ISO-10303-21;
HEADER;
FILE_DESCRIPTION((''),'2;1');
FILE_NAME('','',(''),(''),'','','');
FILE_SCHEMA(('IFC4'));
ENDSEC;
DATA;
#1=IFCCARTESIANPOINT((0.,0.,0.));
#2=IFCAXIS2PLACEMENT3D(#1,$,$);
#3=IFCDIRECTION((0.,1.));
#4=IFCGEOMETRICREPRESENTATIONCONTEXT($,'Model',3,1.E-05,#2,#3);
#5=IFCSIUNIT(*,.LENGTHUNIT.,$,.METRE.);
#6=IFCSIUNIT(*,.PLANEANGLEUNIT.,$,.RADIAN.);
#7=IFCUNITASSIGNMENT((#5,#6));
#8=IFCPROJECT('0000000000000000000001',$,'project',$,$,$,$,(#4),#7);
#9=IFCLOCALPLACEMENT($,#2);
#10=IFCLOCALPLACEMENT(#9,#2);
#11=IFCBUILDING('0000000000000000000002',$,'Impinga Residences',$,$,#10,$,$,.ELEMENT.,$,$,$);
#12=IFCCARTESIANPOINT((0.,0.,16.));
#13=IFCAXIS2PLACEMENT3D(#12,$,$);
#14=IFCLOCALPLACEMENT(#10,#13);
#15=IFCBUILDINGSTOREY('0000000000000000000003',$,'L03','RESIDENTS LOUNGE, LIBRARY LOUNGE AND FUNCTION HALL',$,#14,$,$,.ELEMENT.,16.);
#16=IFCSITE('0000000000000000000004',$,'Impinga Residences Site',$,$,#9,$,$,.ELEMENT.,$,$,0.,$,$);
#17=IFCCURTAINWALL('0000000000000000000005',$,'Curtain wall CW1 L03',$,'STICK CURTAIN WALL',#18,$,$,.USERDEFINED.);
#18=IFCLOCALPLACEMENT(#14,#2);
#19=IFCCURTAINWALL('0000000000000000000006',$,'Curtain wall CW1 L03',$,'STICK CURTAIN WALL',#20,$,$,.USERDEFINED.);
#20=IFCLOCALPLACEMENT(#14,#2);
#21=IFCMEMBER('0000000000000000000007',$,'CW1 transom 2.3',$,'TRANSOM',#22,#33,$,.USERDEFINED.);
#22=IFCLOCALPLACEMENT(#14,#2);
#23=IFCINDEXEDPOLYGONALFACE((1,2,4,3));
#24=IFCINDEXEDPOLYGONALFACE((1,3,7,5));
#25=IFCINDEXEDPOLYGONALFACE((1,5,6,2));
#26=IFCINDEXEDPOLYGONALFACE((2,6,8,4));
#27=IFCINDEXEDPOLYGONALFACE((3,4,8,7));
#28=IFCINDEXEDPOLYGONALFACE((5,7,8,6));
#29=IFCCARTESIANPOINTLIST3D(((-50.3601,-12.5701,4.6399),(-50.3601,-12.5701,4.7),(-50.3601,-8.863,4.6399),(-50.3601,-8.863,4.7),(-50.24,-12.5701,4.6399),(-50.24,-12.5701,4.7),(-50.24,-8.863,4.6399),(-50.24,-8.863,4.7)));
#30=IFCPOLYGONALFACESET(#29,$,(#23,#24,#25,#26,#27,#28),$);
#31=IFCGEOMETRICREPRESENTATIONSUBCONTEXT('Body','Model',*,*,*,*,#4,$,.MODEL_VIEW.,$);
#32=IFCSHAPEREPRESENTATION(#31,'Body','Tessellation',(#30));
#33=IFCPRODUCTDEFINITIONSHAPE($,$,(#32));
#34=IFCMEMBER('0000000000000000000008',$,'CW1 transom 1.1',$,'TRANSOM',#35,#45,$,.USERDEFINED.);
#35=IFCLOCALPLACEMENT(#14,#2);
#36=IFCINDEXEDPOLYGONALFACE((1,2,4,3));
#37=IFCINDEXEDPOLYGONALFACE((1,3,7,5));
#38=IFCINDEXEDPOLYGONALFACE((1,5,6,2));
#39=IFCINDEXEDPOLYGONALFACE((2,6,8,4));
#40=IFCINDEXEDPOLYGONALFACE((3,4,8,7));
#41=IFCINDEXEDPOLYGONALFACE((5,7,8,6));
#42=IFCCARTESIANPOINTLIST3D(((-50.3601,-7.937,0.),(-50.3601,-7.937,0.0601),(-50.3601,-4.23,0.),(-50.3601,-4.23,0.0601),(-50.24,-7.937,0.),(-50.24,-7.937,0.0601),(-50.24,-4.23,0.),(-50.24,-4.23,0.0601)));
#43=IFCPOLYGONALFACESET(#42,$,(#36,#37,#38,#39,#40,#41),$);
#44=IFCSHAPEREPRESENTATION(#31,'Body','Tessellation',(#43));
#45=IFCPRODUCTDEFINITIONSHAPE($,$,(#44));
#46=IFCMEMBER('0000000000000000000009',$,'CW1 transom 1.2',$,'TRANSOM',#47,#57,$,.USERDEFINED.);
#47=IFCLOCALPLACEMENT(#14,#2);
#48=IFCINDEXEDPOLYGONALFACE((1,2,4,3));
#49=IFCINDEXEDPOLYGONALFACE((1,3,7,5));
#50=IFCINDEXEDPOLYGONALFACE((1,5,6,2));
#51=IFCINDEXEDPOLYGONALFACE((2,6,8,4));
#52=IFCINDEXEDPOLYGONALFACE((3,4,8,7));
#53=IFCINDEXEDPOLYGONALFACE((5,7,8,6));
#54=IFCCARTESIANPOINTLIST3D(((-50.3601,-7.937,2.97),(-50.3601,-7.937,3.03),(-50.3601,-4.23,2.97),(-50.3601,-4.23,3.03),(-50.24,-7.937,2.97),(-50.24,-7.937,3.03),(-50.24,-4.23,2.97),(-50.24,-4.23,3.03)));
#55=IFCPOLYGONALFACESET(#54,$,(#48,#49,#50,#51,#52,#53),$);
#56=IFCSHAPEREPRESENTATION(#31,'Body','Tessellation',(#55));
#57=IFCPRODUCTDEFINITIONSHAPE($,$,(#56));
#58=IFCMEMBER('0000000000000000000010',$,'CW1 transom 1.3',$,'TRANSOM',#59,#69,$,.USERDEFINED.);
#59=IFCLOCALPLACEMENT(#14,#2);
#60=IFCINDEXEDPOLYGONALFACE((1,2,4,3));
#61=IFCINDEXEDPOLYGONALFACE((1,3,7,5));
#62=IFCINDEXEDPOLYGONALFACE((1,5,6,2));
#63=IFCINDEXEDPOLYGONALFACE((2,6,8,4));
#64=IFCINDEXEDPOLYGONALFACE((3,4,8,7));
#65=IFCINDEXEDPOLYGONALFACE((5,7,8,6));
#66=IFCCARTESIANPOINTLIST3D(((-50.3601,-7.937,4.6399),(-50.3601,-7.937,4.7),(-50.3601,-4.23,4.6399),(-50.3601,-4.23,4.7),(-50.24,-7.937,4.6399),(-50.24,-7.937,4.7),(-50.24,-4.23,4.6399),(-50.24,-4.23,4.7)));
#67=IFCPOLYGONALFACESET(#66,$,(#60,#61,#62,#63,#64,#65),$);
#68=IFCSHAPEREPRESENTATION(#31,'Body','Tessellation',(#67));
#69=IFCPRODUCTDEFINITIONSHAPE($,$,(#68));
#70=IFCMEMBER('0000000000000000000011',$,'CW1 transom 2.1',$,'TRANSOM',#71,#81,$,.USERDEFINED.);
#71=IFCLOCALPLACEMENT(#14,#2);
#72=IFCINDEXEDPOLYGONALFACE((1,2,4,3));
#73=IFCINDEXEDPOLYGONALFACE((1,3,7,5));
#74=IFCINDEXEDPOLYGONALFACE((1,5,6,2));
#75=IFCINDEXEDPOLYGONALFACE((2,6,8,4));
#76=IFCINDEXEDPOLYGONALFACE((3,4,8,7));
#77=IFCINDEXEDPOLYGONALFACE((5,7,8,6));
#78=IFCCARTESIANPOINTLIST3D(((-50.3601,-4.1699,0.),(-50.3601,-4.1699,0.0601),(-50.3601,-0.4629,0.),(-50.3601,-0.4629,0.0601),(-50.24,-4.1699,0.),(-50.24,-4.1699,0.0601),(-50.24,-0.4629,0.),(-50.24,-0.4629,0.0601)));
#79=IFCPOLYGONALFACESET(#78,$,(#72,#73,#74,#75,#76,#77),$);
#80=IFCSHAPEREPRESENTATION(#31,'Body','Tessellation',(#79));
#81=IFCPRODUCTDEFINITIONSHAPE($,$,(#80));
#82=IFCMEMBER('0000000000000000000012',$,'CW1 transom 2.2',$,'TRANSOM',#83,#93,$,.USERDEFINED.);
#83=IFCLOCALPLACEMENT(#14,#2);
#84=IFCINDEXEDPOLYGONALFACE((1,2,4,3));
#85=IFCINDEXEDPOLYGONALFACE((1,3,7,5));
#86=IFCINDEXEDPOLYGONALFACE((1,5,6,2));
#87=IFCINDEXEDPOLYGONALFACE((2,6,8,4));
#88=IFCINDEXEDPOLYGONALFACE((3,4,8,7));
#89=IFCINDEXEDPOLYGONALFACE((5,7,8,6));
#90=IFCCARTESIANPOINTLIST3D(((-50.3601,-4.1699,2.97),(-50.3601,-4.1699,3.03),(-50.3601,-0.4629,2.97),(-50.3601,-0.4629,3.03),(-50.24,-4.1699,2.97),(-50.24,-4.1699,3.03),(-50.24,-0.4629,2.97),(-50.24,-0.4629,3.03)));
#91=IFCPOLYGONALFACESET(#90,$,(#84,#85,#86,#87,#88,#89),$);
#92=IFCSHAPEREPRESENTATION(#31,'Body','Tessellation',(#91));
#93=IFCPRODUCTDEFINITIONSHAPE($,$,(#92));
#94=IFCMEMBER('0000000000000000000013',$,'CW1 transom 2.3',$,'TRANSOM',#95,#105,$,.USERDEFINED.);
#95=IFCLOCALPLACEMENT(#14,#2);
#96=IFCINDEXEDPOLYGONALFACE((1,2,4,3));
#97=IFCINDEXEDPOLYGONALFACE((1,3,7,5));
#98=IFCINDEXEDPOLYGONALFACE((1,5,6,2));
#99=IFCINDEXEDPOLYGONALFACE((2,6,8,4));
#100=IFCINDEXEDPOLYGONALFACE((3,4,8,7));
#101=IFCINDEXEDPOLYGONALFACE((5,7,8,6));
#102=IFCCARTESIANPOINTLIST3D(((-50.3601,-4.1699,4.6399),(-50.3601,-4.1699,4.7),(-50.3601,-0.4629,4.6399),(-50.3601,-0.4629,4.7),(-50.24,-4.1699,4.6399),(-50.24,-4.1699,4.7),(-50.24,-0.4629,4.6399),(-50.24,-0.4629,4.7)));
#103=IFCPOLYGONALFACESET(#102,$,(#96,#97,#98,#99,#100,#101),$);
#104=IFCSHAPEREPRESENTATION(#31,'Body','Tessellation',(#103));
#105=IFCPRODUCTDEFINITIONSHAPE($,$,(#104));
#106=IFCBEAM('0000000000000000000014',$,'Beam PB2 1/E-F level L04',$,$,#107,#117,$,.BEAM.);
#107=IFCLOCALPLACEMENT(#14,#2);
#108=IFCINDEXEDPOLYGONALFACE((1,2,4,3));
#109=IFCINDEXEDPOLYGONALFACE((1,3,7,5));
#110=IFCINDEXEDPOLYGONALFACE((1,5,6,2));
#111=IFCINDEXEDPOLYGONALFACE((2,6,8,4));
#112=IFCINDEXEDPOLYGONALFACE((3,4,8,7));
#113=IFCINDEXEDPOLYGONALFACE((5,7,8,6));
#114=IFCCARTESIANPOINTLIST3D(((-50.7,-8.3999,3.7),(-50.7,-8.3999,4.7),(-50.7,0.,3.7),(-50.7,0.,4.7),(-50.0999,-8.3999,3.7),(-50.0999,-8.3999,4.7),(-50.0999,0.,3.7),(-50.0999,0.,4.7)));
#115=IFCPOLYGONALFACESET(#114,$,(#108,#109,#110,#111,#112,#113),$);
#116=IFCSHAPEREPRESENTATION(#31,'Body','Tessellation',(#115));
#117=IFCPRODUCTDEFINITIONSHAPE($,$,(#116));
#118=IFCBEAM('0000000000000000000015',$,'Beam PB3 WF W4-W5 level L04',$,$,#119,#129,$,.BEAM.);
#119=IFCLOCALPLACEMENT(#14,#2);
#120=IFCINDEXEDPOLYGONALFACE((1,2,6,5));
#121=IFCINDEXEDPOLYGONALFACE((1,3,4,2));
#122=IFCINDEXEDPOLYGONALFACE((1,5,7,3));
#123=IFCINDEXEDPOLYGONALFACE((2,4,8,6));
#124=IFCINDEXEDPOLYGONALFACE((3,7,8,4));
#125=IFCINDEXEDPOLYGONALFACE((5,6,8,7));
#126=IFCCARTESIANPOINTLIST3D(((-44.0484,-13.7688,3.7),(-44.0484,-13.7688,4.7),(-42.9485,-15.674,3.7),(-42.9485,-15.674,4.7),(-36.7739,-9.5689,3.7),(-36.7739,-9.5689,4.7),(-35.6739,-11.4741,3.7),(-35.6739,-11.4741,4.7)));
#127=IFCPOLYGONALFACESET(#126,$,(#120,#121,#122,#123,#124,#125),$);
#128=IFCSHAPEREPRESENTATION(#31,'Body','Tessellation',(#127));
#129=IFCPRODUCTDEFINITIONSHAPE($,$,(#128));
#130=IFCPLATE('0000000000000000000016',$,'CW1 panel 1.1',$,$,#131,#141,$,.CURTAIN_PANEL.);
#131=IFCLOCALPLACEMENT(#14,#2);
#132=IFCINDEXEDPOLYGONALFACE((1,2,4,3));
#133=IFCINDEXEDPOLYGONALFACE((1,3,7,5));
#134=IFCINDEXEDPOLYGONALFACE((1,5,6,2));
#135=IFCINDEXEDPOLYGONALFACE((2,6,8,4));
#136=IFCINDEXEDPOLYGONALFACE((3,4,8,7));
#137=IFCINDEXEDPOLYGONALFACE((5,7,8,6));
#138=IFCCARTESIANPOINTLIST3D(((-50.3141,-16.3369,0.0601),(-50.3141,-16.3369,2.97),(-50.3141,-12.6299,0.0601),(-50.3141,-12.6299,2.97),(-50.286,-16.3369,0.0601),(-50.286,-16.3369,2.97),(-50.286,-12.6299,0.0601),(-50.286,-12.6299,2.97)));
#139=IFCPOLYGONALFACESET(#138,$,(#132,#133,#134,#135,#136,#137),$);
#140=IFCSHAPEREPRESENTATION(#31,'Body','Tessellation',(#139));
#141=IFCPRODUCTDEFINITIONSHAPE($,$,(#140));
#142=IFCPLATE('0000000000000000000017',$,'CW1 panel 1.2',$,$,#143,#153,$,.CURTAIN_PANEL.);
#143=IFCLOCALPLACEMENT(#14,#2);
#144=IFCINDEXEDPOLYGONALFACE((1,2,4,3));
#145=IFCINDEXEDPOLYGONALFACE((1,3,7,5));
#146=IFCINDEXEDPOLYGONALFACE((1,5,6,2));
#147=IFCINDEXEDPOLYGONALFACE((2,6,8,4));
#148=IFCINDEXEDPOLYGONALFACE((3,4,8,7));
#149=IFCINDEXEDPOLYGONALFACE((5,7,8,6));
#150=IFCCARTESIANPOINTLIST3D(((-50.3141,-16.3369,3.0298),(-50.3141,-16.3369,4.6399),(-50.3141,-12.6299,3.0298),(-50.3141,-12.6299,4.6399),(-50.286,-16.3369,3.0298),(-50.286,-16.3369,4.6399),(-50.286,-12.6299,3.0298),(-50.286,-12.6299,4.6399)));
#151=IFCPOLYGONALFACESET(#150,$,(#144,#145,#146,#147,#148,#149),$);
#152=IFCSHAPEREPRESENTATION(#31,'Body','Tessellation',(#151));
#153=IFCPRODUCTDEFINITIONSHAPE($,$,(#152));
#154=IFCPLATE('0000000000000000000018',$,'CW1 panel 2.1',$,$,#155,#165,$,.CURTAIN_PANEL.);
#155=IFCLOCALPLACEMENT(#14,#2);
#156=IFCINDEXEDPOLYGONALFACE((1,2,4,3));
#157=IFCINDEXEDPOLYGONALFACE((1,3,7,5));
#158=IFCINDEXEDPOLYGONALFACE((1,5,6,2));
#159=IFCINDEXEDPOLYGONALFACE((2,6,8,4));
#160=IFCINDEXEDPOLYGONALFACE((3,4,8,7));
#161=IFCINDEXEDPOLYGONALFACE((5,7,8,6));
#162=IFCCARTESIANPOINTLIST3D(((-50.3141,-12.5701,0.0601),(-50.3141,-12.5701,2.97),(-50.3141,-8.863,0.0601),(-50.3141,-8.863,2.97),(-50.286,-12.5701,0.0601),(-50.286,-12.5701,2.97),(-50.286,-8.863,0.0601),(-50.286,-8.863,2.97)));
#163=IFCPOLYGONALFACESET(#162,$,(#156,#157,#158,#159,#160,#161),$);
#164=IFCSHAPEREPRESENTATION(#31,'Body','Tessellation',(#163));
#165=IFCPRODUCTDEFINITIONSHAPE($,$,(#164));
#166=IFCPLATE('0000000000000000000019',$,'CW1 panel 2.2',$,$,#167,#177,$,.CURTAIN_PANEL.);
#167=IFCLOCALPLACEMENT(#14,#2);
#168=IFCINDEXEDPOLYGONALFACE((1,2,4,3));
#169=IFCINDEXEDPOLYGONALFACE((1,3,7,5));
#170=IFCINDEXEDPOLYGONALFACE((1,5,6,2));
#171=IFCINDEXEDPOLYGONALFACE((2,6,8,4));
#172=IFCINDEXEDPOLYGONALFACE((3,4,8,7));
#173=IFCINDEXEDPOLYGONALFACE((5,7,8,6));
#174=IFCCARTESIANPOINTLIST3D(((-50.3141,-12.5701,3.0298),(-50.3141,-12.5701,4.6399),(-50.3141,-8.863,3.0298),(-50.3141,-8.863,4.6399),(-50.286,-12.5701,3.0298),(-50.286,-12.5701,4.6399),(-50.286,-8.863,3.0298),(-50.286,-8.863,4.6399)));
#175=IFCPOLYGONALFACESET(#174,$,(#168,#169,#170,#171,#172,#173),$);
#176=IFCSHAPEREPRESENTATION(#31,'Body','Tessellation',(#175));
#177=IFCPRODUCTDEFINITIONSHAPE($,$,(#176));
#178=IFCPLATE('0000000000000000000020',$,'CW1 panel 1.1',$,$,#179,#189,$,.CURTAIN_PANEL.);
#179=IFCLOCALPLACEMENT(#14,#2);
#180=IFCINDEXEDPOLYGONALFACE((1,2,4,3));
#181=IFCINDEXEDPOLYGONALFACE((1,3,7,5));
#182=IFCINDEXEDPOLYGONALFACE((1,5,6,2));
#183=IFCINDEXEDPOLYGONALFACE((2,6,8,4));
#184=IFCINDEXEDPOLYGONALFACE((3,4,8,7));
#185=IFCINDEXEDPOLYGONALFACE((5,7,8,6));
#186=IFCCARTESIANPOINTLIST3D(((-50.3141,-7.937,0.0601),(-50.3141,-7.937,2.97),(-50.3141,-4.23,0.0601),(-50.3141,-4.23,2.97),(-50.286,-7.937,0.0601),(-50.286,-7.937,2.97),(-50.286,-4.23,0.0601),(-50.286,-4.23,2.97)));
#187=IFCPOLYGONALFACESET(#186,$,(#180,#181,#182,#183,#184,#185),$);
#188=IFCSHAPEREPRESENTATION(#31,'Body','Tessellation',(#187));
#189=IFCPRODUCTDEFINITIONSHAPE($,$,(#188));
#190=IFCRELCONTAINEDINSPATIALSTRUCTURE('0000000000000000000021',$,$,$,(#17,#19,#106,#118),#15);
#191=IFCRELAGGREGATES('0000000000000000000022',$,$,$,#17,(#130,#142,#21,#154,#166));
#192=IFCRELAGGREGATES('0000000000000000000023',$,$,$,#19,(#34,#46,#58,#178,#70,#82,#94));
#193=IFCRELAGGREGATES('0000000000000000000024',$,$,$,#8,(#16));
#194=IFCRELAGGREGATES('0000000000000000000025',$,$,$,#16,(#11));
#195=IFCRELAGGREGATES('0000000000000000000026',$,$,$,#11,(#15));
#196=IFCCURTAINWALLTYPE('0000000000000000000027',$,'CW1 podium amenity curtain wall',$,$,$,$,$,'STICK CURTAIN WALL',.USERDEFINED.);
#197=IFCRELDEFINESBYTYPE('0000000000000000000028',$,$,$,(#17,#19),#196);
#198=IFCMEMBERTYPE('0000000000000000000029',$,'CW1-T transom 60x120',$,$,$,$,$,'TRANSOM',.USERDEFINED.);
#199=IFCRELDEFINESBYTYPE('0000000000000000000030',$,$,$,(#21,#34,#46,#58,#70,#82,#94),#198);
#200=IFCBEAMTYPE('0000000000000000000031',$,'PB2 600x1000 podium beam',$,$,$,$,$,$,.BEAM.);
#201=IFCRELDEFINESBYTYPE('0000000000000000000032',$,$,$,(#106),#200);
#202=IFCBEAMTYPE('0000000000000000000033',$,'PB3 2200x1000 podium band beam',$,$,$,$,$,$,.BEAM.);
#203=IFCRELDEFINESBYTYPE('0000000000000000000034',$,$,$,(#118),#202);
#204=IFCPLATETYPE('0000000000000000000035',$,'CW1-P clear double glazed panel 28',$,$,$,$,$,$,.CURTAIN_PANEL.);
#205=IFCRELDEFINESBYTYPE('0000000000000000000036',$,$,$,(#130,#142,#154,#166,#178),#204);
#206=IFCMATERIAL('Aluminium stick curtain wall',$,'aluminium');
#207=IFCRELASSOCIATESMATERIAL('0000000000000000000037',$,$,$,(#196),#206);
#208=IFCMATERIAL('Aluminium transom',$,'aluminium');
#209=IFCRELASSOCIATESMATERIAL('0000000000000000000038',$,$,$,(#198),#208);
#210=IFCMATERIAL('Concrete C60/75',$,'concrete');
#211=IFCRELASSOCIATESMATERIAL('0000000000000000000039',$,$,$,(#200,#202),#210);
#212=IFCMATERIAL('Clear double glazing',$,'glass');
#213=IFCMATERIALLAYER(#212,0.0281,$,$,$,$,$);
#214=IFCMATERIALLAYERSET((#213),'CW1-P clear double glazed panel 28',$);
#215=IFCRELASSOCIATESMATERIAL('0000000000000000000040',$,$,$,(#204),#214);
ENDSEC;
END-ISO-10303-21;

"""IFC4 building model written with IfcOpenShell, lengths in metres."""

from ifc_helpers import new_model, si_unit, direction, frame, origin, origin_2d, place, context, subcontext, project, spatial, rectangle, extrude, material, layer, layer_set, material_profile, profile_set, type_object, element, aggregate, save


model = new_model("IFC4")

# Units and contexts
model_context = context("Model", 3, precision=1e-05, world=origin(), true_north=direction((0.0, 1.0)))
body_context = subcontext(model_context, "Body", "Model", "MODEL_VIEW")
ifc_project = project(units=[si_unit("LENGTHUNIT", "METRE"), si_unit("PLANEANGLEUNIT", "RADIAN")], contexts=[model_context])

# Site, building, storey
site_placement = place(None, origin())
site = spatial("IfcSite", under=ifc_project, at=site_placement, Name="Impinga Residences Site", CompositionType="ELEMENT", RefElevation=0.0)
building_placement = place(site_placement, origin())
building = spatial("IfcBuilding", under=site, at=building_placement, Name="Impinga Residences", CompositionType="ELEMENT")
storey_placement = place(building_placement, frame((0.0, 0.0, 16.0)))
storey = spatial("IfcBuildingStorey", under=building, at=storey_placement, Name="L03", Description="RESIDENTS LOUNGE, LIBRARY LOUNGE AND FUNCTION HALL", CompositionType="ELEMENT", Elevation=16.0)

# Shared definitions
ifc_material_1 = material(Name="Concrete C60/75", Category="concrete")

# Curtain walls
ifc_material_2 = material(Name="Aluminium stick curtain wall", Category="aluminium")
curtain_wall_type = type_object("IfcCurtainWallType", Name="CW1 podium amenity curtain wall", ElementType="STICK CURTAIN WALL", PredefinedType="USERDEFINED", material=ifc_material_2)
curtain_wall_1_placement = place(storey_placement, origin())
curtain_wall_1 = element("IfcCurtainWall", 1, at=curtain_wall_1_placement, inside=storey, type_object=curtain_wall_type, Name="Curtain wall CW1 L03", ObjectType="STICK CURTAIN WALL", PredefinedType="USERDEFINED")
curtain_wall_2_placement = place(storey_placement, origin())
curtain_wall_2 = element("IfcCurtainWall", 2, at=curtain_wall_2_placement, inside=storey, type_object=curtain_wall_type, Name="Curtain wall CW1 L03", ObjectType="STICK CURTAIN WALL", PredefinedType="USERDEFINED")

# Members
ifc_material_3 = material(Name="Aluminium transom", Category="aluminium")
ifc_material_profile_1 = material_profile(ifc_material_3, rectangle(XDim=0.0601, YDim=0.1201, at=origin_2d()), Name="60x120 transom")
ifc_profile_set_1 = profile_set([ifc_material_profile_1], Name="Aluminium transom")
member_type_1 = type_object("IfcMemberType", Name="CW1-T transom 60x120", ElementType="TRANSOM", PredefinedType="USERDEFINED", material=ifc_profile_set_1)
member_1_placement = place(storey_placement, frame((-50.3, -12.5701, 4.6699), z_axis=(0.0, 1.0, 0.0), x_axis=(0.0, 0.0, 1.0)))
member_1 = element("IfcMember", 3, at=member_1_placement, type_object=member_type_1, Name="CW1 transom 2.3", ObjectType="TRANSOM", PredefinedType="USERDEFINED", context=body_context, shape_type="SweptSolid", body=[
    extrude(rectangle(XDim=0.0601, YDim=0.1201, at=origin_2d()), origin(), (0.0, 0.0, 1.0), 3.707),
])
member_2_placement = place(storey_placement, frame((-50.3, -7.937, 0.03), z_axis=(0.0, 1.0, 0.0), x_axis=(0.0, 0.0, 1.0)))
member_2 = element("IfcMember", 4, at=member_2_placement, type_object=member_type_1, Name="CW1 transom 1.1", ObjectType="TRANSOM", PredefinedType="USERDEFINED", context=body_context, shape_type="SweptSolid", body=[
    extrude(rectangle(XDim=0.0601, YDim=0.1201, at=origin_2d()), origin(), (0.0, 0.0, 1.0), 3.707),
])
member_3_placement = place(storey_placement, frame((-50.3, -7.937, 3.0), z_axis=(0.0, 1.0, 0.0), x_axis=(0.0, 0.0, 1.0)))
member_3 = element("IfcMember", 5, at=member_3_placement, type_object=member_type_1, Name="CW1 transom 1.2", ObjectType="TRANSOM", PredefinedType="USERDEFINED", context=body_context, shape_type="SweptSolid", body=[
    extrude(rectangle(XDim=0.0601, YDim=0.1201, at=origin_2d()), origin(), (0.0, 0.0, 1.0), 3.707),
])
member_4_placement = place(storey_placement, frame((-50.3, -7.937, 4.6699), z_axis=(0.0, 1.0, 0.0), x_axis=(0.0, 0.0, 1.0)))
member_4 = element("IfcMember", 6, at=member_4_placement, type_object=member_type_1, Name="CW1 transom 1.3", ObjectType="TRANSOM", PredefinedType="USERDEFINED", context=body_context, shape_type="SweptSolid", body=[
    extrude(rectangle(XDim=0.0601, YDim=0.1201, at=origin_2d()), origin(), (0.0, 0.0, 1.0), 3.707),
])
member_5_placement = place(storey_placement, frame((-50.3, -4.1699, 0.03), z_axis=(0.0, 1.0, 0.0), x_axis=(0.0, 0.0, 1.0)))
member_5 = element("IfcMember", 7, at=member_5_placement, type_object=member_type_1, Name="CW1 transom 2.1", ObjectType="TRANSOM", PredefinedType="USERDEFINED", context=body_context, shape_type="SweptSolid", body=[
    extrude(rectangle(XDim=0.0601, YDim=0.1201, at=origin_2d()), origin(), (0.0, 0.0, 1.0), 3.707),
])
member_6_placement = place(storey_placement, frame((-50.3, -4.1699, 3.0), z_axis=(0.0, 1.0, 0.0), x_axis=(0.0, 0.0, 1.0)))
member_6 = element("IfcMember", 8, at=member_6_placement, type_object=member_type_1, Name="CW1 transom 2.2", ObjectType="TRANSOM", PredefinedType="USERDEFINED", context=body_context, shape_type="SweptSolid", body=[
    extrude(rectangle(XDim=0.0601, YDim=0.1201, at=origin_2d()), origin(), (0.0, 0.0, 1.0), 3.707),
])
member_7_placement = place(storey_placement, frame((-50.3, -4.1699, 4.6699), z_axis=(0.0, 1.0, 0.0), x_axis=(0.0, 0.0, 1.0)))
member_7 = element("IfcMember", 9, at=member_7_placement, type_object=member_type_1, Name="CW1 transom 2.3", ObjectType="TRANSOM", PredefinedType="USERDEFINED", context=body_context, shape_type="SweptSolid", body=[
    extrude(rectangle(XDim=0.0601, YDim=0.1201, at=origin_2d()), origin(), (0.0, 0.0, 1.0), 3.707),
])

# Beams
ifc_material_profile_2 = material_profile(ifc_material_1, rectangle(XDim=0.6001, YDim=1.0, at=origin_2d()), Name="RC 600x1000")
ifc_profile_set_2 = profile_set([ifc_material_profile_2], Name="Concrete C60/75")
beam_type_1 = type_object("IfcBeamType", Name="PB2 600x1000 podium beam", PredefinedType="BEAM", material=ifc_profile_set_2)
beam_1_placement = place(storey_placement, frame((-50.3999, -8.3999, 4.2), z_axis=(0.0, 1.0, 0.0), x_axis=(-1.0, 0.0, 0.0)))
element("IfcBeam", 10, at=beam_1_placement, inside=storey, type_object=beam_type_1, Name="Beam PB2 1/E-F level L04", PredefinedType="BEAM", context=body_context, shape_type="SweptSolid", body=[
    extrude(rectangle(XDim=0.6001, YDim=1.0, at=origin_2d()), origin(), (0.0, 0.0, 1.0), 8.3999),
])
ifc_material_profile_3 = material_profile(ifc_material_1, rectangle(XDim=2.2, YDim=1.0, at=origin_2d()), Name="RC 2200x1000")
ifc_profile_set_3 = profile_set([ifc_material_profile_3], Name="Concrete C60/75")
beam_type_2 = type_object("IfcBeamType", Name="PB3 2200x1000 podium band beam", PredefinedType="BEAM", material=ifc_profile_set_3)
beam_2_placement = place(storey_placement, frame((-36.2239, -10.5215, 4.2), z_axis=(-0.866029, -0.499993, 0.0), x_axis=(0.499993, -0.866029, 0.0)))
element("IfcBeam", 11, at=beam_2_placement, inside=storey, type_object=beam_type_2, Name="Beam PB3 WF W4-W5 level L04", PredefinedType="BEAM", context=body_context, shape_type="SweptSolid", body=[
    extrude(rectangle(XDim=2.2, YDim=1.0, at=origin_2d()), origin(), (0.0, 0.0, 1.0), 8.3999),
])

# Plates
ifc_material_4 = material(Name="Clear double glazing", Category="glass")
ifc_layer = layer(ifc_material_4, 0.0281)
ifc_layer_set = layer_set([ifc_layer], Name="CW1-P clear double glazed panel 28")
plate_type = type_object("IfcPlateType", Name="CW1-P clear double glazed panel 28", PredefinedType="CURTAIN_PANEL", material=ifc_layer_set)
plate_1_placement = place(storey_placement, frame((-50.3, -14.4834, 0.0601), z_axis=(0.0, 0.0, 1.0), x_axis=(0.0, 1.0, 0.0)))
plate_1 = element("IfcPlate", 12, at=plate_1_placement, type_object=plate_type, Name="CW1 panel 1.1", PredefinedType="CURTAIN_PANEL", context=body_context, shape_type="SweptSolid", body=[
    extrude(rectangle(XDim=3.707, YDim=0.0281, at=origin_2d()), origin(), (0.0, 0.0, 1.0), 2.9099),
])
plate_2_placement = place(storey_placement, frame((-50.3, -14.4834, 3.0298), z_axis=(0.0, 0.0, 1.0), x_axis=(0.0, 1.0, 0.0)))
plate_2 = element("IfcPlate", 13, at=plate_2_placement, type_object=plate_type, Name="CW1 panel 1.2", PredefinedType="CURTAIN_PANEL", context=body_context, shape_type="SweptSolid", body=[
    extrude(rectangle(XDim=3.707, YDim=0.0281, at=origin_2d()), origin(), (0.0, 0.0, 1.0), 1.6101),
])
plate_3_placement = place(storey_placement, frame((-50.3, -10.7166, 0.0601), z_axis=(0.0, 0.0, 1.0), x_axis=(0.0, 1.0, 0.0)))
plate_3 = element("IfcPlate", 14, at=plate_3_placement, type_object=plate_type, Name="CW1 panel 2.1", PredefinedType="CURTAIN_PANEL", context=body_context, shape_type="SweptSolid", body=[
    extrude(rectangle(XDim=3.707, YDim=0.0281, at=origin_2d()), origin(), (0.0, 0.0, 1.0), 2.9099),
])
plate_4_placement = place(storey_placement, frame((-50.3, -10.7166, 3.0298), z_axis=(0.0, 0.0, 1.0), x_axis=(0.0, 1.0, 0.0)))
plate_4 = element("IfcPlate", 15, at=plate_4_placement, type_object=plate_type, Name="CW1 panel 2.2", PredefinedType="CURTAIN_PANEL", context=body_context, shape_type="SweptSolid", body=[
    extrude(rectangle(XDim=3.707, YDim=0.0281, at=origin_2d()), origin(), (0.0, 0.0, 1.0), 1.6101),
])
aggregate(curtain_wall_1, [plate_1, plate_2, member_1, plate_3, plate_4])
plate_5_placement = place(storey_placement, frame((-50.3, -6.0835, 0.0601), z_axis=(0.0, 0.0, 1.0), x_axis=(0.0, 1.0, 0.0)))
plate_5 = element("IfcPlate", 16, at=plate_5_placement, type_object=plate_type, Name="CW1 panel 1.1", PredefinedType="CURTAIN_PANEL", context=body_context, shape_type="SweptSolid", body=[
    extrude(rectangle(XDim=3.707, YDim=0.0281, at=origin_2d()), origin(), (0.0, 0.0, 1.0), 2.9099),
])
aggregate(curtain_wall_2, [member_2, member_3, member_4, plate_5, member_5, member_6, member_7])

save(model, "model.ifc")
